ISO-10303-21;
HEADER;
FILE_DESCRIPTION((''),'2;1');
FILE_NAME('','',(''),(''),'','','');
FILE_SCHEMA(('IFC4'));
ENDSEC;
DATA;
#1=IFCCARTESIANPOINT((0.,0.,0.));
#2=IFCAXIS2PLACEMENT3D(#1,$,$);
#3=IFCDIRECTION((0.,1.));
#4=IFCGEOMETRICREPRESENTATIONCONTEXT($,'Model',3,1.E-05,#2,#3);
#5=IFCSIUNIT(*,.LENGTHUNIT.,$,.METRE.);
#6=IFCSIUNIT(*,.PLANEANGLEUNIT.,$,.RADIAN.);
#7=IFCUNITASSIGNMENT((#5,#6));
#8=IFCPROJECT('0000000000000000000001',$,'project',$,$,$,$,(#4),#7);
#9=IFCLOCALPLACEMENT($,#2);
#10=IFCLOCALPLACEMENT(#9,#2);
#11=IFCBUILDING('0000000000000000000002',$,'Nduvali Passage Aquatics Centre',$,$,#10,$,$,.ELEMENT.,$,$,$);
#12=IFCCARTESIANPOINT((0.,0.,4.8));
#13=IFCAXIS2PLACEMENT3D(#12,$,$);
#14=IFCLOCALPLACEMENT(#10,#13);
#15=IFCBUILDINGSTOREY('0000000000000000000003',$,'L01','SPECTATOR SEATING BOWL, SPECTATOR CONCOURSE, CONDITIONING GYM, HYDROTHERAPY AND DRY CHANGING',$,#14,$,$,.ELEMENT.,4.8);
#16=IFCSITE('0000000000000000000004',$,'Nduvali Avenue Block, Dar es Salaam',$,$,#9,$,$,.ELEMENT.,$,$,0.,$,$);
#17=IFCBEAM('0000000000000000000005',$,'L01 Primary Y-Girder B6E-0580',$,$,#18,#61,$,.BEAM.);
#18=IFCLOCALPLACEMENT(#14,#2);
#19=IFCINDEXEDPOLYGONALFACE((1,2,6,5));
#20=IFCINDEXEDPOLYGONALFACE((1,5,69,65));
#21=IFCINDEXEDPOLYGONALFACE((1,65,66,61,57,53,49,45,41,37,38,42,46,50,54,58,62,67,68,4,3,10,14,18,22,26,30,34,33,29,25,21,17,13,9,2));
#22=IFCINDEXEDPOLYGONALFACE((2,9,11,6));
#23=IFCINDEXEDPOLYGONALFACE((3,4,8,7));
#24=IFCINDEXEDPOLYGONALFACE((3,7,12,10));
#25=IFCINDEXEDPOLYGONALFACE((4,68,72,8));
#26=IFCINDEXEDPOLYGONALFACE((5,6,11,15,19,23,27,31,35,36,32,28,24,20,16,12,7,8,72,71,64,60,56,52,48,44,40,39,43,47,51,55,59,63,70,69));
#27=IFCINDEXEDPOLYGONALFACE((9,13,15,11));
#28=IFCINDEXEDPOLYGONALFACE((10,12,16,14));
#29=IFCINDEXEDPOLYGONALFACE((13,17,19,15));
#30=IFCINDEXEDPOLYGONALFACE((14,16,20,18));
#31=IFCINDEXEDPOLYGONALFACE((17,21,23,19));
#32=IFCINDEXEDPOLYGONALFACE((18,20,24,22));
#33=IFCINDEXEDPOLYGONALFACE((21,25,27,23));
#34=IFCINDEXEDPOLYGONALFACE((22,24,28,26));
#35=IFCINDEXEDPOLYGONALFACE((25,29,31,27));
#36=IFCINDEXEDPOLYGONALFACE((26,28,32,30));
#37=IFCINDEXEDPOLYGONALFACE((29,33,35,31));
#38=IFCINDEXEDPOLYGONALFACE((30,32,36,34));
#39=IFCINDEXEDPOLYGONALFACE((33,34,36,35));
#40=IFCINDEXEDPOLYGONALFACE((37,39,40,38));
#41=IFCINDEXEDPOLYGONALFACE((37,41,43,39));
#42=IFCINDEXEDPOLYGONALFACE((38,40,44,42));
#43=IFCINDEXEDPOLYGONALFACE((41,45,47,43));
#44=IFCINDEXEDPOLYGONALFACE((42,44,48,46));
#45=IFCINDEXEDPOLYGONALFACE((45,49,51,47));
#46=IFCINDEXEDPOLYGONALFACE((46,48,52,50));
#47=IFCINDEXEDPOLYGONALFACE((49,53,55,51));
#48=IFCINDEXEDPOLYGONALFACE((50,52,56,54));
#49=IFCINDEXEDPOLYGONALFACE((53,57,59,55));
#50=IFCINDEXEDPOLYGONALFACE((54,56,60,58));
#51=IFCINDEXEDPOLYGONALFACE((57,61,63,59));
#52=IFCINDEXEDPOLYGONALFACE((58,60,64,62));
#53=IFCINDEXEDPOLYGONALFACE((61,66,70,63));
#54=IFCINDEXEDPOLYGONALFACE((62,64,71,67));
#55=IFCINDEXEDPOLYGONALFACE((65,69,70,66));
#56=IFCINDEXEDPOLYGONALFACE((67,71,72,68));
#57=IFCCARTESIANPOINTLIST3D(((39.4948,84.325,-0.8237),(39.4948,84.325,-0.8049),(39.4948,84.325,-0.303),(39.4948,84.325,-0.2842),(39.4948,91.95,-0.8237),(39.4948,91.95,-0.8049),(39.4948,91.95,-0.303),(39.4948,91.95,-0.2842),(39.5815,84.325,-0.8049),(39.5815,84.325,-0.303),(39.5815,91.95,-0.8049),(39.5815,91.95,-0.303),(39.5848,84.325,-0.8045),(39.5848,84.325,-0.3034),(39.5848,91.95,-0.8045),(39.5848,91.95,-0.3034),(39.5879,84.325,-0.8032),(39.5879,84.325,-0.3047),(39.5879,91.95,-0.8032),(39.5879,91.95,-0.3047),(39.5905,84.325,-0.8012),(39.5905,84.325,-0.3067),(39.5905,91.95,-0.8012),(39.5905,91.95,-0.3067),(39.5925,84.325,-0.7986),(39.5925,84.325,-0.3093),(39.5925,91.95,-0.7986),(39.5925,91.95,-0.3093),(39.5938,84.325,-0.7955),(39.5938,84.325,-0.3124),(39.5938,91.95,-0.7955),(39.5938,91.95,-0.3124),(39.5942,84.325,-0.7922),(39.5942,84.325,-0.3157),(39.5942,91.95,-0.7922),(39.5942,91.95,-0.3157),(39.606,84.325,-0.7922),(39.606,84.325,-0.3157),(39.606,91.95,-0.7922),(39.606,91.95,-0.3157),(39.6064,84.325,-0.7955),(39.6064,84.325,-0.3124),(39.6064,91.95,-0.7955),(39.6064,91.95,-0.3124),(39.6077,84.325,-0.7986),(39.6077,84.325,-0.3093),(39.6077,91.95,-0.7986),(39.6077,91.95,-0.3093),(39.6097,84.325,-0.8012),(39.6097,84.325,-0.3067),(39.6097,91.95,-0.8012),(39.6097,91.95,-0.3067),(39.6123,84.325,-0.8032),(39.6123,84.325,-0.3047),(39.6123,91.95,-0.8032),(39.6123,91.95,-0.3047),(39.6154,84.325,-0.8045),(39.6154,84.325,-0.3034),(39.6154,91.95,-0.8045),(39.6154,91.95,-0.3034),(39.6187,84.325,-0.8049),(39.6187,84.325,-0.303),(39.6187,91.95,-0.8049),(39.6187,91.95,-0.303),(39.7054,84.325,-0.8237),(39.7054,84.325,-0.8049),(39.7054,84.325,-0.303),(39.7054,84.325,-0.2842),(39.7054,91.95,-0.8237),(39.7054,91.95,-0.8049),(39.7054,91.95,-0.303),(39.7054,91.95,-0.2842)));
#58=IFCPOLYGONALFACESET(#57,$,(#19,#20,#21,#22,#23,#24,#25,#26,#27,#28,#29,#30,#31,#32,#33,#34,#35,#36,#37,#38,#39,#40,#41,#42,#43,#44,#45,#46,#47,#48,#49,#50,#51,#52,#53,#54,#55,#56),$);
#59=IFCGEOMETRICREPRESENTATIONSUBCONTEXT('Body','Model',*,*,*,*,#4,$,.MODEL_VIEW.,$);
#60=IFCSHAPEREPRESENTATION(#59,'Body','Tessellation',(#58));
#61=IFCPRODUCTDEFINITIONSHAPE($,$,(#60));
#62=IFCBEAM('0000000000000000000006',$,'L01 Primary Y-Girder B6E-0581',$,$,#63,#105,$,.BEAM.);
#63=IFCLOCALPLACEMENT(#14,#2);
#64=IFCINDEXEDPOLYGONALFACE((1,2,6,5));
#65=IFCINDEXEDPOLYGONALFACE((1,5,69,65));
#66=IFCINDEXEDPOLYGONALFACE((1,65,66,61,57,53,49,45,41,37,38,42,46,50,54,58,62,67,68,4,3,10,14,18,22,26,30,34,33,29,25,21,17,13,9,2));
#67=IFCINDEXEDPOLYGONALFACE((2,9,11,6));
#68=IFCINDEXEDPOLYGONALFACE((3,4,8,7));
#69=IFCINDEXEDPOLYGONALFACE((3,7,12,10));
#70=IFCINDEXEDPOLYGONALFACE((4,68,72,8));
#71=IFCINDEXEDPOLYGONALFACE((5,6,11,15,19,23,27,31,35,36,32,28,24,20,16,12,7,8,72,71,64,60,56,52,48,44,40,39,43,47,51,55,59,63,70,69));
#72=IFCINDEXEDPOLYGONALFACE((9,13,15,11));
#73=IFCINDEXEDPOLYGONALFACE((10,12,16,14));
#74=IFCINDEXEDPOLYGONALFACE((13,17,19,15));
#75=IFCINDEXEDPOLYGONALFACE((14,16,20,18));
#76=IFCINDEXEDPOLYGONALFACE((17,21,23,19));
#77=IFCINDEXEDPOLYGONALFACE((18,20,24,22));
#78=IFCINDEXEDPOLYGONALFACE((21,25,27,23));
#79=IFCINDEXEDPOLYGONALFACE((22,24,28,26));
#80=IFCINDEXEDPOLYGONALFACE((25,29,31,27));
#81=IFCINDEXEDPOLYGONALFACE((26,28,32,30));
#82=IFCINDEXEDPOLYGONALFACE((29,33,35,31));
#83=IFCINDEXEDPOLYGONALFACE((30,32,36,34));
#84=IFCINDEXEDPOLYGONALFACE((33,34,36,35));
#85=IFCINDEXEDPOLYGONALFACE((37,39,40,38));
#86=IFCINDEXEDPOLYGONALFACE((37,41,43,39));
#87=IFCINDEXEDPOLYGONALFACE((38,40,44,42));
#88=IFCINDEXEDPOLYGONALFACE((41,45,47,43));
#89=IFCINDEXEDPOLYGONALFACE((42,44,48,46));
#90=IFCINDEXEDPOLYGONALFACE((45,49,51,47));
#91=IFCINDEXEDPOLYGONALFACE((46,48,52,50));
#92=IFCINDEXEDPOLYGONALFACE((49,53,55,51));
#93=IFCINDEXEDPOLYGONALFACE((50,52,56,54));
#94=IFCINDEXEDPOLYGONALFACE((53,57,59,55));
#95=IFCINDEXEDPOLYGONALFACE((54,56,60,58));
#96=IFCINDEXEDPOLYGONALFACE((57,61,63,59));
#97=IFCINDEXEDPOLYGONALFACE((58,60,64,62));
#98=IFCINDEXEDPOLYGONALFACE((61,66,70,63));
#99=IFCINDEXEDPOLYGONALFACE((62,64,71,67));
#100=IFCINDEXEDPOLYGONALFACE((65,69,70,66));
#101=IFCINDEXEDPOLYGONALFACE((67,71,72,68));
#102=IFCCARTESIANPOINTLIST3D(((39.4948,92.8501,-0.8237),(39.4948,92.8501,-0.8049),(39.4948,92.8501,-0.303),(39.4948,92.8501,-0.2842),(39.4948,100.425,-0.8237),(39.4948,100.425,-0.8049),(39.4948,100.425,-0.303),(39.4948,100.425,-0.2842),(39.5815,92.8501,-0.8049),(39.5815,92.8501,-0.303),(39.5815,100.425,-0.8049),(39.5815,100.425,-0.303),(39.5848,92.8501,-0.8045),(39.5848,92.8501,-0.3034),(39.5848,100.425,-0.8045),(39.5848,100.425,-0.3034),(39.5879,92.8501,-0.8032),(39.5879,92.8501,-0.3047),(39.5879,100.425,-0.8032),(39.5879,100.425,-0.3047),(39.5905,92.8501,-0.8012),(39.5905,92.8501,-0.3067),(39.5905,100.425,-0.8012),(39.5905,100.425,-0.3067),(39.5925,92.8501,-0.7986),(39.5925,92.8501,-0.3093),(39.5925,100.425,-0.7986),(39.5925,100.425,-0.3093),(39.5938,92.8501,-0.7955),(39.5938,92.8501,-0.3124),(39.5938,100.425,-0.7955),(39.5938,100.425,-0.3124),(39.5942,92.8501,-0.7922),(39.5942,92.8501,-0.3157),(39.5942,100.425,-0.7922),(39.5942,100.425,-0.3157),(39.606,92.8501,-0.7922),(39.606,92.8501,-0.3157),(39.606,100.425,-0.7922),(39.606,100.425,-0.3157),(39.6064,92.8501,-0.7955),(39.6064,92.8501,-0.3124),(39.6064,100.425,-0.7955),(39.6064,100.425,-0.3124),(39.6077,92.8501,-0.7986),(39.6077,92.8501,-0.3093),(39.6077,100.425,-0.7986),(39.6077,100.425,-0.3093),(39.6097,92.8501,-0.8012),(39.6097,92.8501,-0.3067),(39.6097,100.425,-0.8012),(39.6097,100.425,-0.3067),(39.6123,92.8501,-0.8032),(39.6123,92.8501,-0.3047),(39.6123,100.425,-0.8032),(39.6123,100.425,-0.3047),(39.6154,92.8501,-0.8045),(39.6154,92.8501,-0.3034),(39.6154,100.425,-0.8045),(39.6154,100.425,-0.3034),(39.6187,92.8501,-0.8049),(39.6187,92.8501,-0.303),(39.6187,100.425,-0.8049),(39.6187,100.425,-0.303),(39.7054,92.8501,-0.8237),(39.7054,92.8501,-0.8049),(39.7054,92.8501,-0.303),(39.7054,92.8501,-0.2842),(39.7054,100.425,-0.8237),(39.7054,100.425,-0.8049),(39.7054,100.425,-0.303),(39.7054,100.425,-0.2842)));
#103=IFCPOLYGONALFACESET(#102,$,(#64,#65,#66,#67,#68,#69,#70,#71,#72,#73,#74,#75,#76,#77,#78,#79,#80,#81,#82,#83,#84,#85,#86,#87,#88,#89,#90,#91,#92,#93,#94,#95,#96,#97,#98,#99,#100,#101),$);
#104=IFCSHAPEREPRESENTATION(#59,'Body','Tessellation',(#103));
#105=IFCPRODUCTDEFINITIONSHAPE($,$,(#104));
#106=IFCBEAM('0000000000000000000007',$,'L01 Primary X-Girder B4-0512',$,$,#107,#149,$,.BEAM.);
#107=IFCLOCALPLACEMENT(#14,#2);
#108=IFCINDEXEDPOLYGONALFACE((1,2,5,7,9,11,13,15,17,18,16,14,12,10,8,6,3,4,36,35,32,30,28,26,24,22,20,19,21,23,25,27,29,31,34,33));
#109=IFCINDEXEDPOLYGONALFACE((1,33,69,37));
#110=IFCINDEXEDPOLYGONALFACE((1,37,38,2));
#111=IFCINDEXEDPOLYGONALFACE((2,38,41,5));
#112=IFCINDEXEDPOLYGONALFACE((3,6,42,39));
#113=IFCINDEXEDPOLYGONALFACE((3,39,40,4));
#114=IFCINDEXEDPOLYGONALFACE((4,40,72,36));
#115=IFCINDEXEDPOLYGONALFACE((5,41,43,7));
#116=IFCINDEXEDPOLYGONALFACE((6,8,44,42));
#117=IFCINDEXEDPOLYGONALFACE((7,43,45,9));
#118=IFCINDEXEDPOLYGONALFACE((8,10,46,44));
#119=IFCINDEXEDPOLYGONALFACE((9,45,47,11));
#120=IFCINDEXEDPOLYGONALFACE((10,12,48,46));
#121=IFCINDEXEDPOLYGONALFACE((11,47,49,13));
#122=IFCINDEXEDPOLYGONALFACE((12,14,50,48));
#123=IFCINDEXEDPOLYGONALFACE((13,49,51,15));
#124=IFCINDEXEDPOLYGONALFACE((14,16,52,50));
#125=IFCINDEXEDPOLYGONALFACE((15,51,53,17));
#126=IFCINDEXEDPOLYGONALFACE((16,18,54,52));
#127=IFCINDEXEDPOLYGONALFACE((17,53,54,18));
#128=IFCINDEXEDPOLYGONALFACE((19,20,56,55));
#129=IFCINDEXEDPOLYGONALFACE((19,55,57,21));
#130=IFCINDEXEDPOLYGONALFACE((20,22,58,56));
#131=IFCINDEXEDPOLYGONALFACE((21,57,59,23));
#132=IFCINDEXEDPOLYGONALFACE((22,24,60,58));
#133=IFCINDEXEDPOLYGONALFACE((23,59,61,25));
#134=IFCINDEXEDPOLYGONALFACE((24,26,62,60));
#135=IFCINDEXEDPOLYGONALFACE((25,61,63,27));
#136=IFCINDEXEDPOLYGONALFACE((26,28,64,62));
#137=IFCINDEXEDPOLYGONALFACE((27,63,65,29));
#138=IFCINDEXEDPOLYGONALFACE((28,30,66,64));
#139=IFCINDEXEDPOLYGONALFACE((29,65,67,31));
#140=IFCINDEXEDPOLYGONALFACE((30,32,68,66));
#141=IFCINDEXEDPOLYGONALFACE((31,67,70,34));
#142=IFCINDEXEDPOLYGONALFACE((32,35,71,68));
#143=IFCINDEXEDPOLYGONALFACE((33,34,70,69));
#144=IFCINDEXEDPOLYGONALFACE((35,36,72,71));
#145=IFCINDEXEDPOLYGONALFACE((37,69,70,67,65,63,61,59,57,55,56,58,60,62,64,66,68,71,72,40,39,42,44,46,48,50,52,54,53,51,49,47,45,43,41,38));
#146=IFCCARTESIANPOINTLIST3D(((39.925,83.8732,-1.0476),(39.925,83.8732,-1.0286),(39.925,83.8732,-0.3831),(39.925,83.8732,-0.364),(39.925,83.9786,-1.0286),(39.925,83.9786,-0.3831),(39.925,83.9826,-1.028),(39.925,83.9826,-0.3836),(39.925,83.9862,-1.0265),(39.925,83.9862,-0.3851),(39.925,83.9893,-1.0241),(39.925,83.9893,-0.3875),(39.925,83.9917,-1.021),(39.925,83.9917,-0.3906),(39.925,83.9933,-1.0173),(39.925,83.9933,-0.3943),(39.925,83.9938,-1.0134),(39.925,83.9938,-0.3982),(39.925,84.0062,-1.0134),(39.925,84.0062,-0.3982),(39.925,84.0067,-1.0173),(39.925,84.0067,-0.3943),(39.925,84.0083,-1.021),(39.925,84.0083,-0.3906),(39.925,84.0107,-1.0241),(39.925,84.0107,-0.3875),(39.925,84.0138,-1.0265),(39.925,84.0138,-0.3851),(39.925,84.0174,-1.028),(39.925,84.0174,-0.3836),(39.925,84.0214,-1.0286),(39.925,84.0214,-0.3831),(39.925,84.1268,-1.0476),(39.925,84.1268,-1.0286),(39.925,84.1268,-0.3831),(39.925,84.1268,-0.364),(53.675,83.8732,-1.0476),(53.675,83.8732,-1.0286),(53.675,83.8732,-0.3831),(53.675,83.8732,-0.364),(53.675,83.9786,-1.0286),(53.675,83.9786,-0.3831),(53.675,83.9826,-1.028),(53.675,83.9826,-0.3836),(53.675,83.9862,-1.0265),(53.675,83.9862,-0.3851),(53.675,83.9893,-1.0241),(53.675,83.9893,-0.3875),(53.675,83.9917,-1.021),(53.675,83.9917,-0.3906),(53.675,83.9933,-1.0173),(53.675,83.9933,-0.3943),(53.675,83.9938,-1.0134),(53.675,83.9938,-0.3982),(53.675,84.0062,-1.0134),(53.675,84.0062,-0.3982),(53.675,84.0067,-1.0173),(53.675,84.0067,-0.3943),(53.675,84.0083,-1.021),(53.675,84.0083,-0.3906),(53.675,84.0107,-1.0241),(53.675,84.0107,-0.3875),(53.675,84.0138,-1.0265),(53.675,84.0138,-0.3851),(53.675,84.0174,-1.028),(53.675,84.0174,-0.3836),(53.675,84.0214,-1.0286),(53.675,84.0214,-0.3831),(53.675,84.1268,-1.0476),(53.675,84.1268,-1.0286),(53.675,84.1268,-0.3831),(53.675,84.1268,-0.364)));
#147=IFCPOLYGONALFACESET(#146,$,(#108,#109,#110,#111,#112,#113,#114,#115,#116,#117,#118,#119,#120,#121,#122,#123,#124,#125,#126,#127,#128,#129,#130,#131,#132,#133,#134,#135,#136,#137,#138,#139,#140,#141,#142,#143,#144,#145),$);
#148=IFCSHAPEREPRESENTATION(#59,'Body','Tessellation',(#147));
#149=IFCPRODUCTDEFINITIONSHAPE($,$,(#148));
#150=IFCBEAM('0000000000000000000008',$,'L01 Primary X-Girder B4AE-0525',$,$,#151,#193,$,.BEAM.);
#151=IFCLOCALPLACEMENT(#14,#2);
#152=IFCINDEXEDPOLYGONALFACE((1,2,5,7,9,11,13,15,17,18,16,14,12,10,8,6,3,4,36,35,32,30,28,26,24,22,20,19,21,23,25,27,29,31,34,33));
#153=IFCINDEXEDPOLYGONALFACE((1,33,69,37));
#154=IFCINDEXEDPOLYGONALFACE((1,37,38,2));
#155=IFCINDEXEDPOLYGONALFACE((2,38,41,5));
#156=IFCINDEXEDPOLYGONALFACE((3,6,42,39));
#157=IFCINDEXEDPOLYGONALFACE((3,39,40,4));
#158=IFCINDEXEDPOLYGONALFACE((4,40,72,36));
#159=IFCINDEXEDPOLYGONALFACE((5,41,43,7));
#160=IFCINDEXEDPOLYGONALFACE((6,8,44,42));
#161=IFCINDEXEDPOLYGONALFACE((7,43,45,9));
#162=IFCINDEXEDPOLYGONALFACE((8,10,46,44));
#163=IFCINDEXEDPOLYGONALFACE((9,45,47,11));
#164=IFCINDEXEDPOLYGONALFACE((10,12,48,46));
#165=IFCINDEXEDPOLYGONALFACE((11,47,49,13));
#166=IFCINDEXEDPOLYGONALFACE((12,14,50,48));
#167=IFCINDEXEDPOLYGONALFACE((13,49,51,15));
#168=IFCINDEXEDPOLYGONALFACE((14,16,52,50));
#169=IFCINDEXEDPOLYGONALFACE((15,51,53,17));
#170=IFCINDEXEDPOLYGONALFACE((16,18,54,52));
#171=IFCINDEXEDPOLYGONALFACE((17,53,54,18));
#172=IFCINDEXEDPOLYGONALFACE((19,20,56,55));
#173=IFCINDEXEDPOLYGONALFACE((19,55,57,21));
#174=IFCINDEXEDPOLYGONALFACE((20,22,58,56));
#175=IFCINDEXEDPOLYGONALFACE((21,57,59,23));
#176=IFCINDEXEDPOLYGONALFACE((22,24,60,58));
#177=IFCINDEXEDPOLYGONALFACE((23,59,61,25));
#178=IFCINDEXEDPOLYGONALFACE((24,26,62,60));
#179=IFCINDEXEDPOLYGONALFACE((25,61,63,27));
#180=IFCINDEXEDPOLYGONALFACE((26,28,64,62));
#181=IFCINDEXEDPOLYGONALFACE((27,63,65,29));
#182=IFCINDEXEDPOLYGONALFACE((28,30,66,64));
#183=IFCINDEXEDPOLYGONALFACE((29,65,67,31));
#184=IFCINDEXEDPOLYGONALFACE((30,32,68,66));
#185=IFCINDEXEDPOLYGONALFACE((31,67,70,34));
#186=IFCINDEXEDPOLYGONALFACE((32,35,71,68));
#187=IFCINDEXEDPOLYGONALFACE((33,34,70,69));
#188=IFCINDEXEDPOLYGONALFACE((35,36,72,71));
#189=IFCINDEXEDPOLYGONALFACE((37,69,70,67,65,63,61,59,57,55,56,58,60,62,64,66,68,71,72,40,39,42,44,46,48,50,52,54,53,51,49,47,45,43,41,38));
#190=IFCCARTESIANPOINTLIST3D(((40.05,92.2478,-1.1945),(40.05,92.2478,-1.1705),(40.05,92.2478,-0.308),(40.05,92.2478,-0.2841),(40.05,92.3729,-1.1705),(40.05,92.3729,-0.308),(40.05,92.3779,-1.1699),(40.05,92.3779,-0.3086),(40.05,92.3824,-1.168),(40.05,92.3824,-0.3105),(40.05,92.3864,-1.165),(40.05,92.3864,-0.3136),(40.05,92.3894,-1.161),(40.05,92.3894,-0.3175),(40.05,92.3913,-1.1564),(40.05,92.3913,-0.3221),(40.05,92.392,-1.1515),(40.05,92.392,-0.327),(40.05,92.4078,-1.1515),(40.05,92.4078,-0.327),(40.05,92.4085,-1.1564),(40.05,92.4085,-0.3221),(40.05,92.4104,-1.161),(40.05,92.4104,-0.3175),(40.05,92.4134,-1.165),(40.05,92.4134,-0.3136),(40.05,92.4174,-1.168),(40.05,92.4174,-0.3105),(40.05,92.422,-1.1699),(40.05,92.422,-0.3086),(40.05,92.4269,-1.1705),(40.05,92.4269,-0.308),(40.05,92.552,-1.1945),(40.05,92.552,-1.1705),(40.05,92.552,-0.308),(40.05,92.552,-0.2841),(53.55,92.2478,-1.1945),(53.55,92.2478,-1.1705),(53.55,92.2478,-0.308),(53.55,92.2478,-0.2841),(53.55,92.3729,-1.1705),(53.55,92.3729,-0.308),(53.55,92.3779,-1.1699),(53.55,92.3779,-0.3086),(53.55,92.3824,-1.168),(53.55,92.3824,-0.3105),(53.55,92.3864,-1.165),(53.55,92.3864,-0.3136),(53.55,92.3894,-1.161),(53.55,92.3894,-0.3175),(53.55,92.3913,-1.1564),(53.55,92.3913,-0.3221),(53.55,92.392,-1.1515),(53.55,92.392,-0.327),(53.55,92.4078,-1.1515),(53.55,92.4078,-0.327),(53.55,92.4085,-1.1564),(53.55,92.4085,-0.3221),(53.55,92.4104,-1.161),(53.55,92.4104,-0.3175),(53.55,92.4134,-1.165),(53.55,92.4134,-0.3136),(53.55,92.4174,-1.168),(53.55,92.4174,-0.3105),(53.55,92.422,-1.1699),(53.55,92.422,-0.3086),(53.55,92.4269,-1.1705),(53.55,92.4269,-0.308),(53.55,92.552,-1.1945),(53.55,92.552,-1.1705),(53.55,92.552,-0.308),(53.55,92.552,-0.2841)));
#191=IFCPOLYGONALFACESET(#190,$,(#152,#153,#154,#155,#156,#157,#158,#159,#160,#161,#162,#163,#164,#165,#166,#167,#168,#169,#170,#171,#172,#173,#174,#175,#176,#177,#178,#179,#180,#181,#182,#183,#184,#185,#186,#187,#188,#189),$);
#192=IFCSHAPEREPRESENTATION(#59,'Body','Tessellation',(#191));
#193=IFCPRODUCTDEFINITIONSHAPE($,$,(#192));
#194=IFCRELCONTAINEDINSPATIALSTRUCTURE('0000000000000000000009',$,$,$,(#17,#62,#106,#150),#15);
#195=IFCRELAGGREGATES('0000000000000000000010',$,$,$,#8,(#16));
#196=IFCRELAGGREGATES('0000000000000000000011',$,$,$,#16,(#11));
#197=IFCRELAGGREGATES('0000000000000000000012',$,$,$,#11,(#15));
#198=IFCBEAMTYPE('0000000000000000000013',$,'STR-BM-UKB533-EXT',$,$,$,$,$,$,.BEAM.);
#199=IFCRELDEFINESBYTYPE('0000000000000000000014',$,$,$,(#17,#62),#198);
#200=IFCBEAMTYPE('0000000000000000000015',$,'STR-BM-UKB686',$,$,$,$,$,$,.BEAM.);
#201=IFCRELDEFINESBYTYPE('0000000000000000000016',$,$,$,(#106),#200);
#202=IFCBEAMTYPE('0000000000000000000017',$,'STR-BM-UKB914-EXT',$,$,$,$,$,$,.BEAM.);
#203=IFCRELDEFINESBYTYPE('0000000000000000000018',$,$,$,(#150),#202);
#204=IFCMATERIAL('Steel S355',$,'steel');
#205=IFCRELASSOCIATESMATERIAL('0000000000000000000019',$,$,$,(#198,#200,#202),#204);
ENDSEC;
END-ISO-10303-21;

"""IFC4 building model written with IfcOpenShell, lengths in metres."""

from ifc_helpers import new_model, si_unit, direction, frame, origin, origin_2d, place, context, subcontext, project, spatial, i_section, extrude, material, material_profile, profile_set, type_object, element, save


model = new_model("IFC4")

# Units and contexts
model_context = context("Model", 3, precision=1e-05, world=origin(), true_north=direction((0.0, 1.0)))
body_context = subcontext(model_context, "Body", "Model", "MODEL_VIEW")
ifc_project = project(units=[si_unit("LENGTHUNIT", "METRE"), si_unit("PLANEANGLEUNIT", "RADIAN")], contexts=[model_context])

# Site, building, storey
site_placement = place(None, origin())
site = spatial("IfcSite", under=ifc_project, at=site_placement, Name="Nduvali Avenue Block, Dar es Salaam", CompositionType="ELEMENT", RefElevation=0.0)
building_placement = place(site_placement, origin())
building = spatial("IfcBuilding", under=site, at=building_placement, Name="Nduvali Passage Aquatics Centre", CompositionType="ELEMENT")
storey_placement = place(building_placement, frame((0.0, 0.0, 4.8)))
storey = spatial("IfcBuildingStorey", under=building, at=storey_placement, Name="L01", Description="SPECTATOR SEATING BOWL, SPECTATOR CONCOURSE, CONDITIONING GYM, HYDROTHERAPY AND DRY CHANGING", CompositionType="ELEMENT", Elevation=4.8)

# Beams
ifc_material_1 = material(Name="Steel S355", Category="steel")
ifc_material_profile_1 = material_profile(ifc_material_1, i_section(OverallWidth=0.2107, OverallDepth=0.5396, WebThickness=0.0117, FlangeThickness=0.0188, FilletRadius=0.0127, at=origin_2d()), Name="UKB 533x210x109")
ifc_profile_set_1 = profile_set([ifc_material_profile_1], Name="Steel S355")
beam_type_1 = type_object("IfcBeamType", Name="STR-BM-UKB533-EXT", PredefinedType="BEAM", material=ifc_profile_set_1)
beam_1_placement = place(storey_placement, frame((39.6001, 84.325, -0.554), z_axis=(0.0, 1.0, 0.0), x_axis=(-1.0, 0.0, 0.0)))
element("IfcBeam", 1, at=beam_1_placement, inside=storey, type_object=beam_type_1, Name="L01 Primary Y-Girder B6E-0580", PredefinedType="BEAM", context=body_context, shape_type="SweptSolid", body=[
    extrude(i_section(OverallWidth=0.2107, OverallDepth=0.5396, WebThickness=0.0117, FlangeThickness=0.0188, FilletRadius=0.0127, at=origin_2d()), origin(), (0.0, 0.0, 1.0), 7.625),
])
beam_2_placement = place(storey_placement, frame((39.6001, 92.8501, -0.554), z_axis=(0.0, 1.0, 0.0), x_axis=(-1.0, 0.0, 0.0)))
element("IfcBeam", 2, at=beam_2_placement, inside=storey, type_object=beam_type_1, Name="L01 Primary Y-Girder B6E-0581", PredefinedType="BEAM", context=body_context, shape_type="SweptSolid", body=[
    extrude(i_section(OverallWidth=0.2107, OverallDepth=0.5396, WebThickness=0.0117, FlangeThickness=0.0188, FilletRadius=0.0127, at=origin_2d()), origin(), (0.0, 0.0, 1.0), 7.575),
])
ifc_material_profile_2 = material_profile(ifc_material_1, i_section(OverallWidth=0.2537, OverallDepth=0.6836, WebThickness=0.0125, FlangeThickness=0.019, FilletRadius=0.0151, at=origin_2d()), Name="UKB 686x254x140")
ifc_profile_set_2 = profile_set([ifc_material_profile_2], Name="Steel S355")
beam_type_2 = type_object("IfcBeamType", Name="STR-BM-UKB686", PredefinedType="BEAM", material=ifc_profile_set_2)
beam_3_placement = place(storey_placement, frame((39.925, 84.0, -0.7058), z_axis=(1.0, 0.0, 0.0), x_axis=(0.0, 1.0, 0.0)))
element("IfcBeam", 3, at=beam_3_placement, inside=storey, type_object=beam_type_2, Name="L01 Primary X-Girder B4-0512", PredefinedType="BEAM", context=body_context, shape_type="SweptSolid", body=[
    extrude(i_section(OverallWidth=0.2537, OverallDepth=0.6836, WebThickness=0.0125, FlangeThickness=0.019, FilletRadius=0.0151, at=origin_2d()), origin(), (0.0, 0.0, 1.0), 13.75),
])
ifc_material_profile_3 = material_profile(ifc_material_1, i_section(OverallWidth=0.3042, OverallDepth=0.9104, WebThickness=0.0159, FlangeThickness=0.0239, FilletRadius=0.019, at=origin_2d()), Name="UKB 914x305x224")
ifc_profile_set_3 = profile_set([ifc_material_profile_3], Name="Steel S355")
beam_type_3 = type_object("IfcBeamType", Name="STR-BM-UKB914-EXT", PredefinedType="BEAM", material=ifc_profile_set_3)
beam_4_placement = place(storey_placement, frame((40.05, 92.3999, -0.7393), z_axis=(1.0, 0.0, 0.0), x_axis=(0.0, 1.0, 0.0)))
element("IfcBeam", 4, at=beam_4_placement, inside=storey, type_object=beam_type_3, Name="L01 Primary X-Girder B4AE-0525", PredefinedType="BEAM", context=body_context, shape_type="SweptSolid", body=[
    extrude(i_section(OverallWidth=0.3042, OverallDepth=0.9104, WebThickness=0.0159, FlangeThickness=0.0239, FilletRadius=0.019, at=origin_2d()), origin(), (0.0, 0.0, 1.0), 13.5),
])

save(model, "model.ifc")
